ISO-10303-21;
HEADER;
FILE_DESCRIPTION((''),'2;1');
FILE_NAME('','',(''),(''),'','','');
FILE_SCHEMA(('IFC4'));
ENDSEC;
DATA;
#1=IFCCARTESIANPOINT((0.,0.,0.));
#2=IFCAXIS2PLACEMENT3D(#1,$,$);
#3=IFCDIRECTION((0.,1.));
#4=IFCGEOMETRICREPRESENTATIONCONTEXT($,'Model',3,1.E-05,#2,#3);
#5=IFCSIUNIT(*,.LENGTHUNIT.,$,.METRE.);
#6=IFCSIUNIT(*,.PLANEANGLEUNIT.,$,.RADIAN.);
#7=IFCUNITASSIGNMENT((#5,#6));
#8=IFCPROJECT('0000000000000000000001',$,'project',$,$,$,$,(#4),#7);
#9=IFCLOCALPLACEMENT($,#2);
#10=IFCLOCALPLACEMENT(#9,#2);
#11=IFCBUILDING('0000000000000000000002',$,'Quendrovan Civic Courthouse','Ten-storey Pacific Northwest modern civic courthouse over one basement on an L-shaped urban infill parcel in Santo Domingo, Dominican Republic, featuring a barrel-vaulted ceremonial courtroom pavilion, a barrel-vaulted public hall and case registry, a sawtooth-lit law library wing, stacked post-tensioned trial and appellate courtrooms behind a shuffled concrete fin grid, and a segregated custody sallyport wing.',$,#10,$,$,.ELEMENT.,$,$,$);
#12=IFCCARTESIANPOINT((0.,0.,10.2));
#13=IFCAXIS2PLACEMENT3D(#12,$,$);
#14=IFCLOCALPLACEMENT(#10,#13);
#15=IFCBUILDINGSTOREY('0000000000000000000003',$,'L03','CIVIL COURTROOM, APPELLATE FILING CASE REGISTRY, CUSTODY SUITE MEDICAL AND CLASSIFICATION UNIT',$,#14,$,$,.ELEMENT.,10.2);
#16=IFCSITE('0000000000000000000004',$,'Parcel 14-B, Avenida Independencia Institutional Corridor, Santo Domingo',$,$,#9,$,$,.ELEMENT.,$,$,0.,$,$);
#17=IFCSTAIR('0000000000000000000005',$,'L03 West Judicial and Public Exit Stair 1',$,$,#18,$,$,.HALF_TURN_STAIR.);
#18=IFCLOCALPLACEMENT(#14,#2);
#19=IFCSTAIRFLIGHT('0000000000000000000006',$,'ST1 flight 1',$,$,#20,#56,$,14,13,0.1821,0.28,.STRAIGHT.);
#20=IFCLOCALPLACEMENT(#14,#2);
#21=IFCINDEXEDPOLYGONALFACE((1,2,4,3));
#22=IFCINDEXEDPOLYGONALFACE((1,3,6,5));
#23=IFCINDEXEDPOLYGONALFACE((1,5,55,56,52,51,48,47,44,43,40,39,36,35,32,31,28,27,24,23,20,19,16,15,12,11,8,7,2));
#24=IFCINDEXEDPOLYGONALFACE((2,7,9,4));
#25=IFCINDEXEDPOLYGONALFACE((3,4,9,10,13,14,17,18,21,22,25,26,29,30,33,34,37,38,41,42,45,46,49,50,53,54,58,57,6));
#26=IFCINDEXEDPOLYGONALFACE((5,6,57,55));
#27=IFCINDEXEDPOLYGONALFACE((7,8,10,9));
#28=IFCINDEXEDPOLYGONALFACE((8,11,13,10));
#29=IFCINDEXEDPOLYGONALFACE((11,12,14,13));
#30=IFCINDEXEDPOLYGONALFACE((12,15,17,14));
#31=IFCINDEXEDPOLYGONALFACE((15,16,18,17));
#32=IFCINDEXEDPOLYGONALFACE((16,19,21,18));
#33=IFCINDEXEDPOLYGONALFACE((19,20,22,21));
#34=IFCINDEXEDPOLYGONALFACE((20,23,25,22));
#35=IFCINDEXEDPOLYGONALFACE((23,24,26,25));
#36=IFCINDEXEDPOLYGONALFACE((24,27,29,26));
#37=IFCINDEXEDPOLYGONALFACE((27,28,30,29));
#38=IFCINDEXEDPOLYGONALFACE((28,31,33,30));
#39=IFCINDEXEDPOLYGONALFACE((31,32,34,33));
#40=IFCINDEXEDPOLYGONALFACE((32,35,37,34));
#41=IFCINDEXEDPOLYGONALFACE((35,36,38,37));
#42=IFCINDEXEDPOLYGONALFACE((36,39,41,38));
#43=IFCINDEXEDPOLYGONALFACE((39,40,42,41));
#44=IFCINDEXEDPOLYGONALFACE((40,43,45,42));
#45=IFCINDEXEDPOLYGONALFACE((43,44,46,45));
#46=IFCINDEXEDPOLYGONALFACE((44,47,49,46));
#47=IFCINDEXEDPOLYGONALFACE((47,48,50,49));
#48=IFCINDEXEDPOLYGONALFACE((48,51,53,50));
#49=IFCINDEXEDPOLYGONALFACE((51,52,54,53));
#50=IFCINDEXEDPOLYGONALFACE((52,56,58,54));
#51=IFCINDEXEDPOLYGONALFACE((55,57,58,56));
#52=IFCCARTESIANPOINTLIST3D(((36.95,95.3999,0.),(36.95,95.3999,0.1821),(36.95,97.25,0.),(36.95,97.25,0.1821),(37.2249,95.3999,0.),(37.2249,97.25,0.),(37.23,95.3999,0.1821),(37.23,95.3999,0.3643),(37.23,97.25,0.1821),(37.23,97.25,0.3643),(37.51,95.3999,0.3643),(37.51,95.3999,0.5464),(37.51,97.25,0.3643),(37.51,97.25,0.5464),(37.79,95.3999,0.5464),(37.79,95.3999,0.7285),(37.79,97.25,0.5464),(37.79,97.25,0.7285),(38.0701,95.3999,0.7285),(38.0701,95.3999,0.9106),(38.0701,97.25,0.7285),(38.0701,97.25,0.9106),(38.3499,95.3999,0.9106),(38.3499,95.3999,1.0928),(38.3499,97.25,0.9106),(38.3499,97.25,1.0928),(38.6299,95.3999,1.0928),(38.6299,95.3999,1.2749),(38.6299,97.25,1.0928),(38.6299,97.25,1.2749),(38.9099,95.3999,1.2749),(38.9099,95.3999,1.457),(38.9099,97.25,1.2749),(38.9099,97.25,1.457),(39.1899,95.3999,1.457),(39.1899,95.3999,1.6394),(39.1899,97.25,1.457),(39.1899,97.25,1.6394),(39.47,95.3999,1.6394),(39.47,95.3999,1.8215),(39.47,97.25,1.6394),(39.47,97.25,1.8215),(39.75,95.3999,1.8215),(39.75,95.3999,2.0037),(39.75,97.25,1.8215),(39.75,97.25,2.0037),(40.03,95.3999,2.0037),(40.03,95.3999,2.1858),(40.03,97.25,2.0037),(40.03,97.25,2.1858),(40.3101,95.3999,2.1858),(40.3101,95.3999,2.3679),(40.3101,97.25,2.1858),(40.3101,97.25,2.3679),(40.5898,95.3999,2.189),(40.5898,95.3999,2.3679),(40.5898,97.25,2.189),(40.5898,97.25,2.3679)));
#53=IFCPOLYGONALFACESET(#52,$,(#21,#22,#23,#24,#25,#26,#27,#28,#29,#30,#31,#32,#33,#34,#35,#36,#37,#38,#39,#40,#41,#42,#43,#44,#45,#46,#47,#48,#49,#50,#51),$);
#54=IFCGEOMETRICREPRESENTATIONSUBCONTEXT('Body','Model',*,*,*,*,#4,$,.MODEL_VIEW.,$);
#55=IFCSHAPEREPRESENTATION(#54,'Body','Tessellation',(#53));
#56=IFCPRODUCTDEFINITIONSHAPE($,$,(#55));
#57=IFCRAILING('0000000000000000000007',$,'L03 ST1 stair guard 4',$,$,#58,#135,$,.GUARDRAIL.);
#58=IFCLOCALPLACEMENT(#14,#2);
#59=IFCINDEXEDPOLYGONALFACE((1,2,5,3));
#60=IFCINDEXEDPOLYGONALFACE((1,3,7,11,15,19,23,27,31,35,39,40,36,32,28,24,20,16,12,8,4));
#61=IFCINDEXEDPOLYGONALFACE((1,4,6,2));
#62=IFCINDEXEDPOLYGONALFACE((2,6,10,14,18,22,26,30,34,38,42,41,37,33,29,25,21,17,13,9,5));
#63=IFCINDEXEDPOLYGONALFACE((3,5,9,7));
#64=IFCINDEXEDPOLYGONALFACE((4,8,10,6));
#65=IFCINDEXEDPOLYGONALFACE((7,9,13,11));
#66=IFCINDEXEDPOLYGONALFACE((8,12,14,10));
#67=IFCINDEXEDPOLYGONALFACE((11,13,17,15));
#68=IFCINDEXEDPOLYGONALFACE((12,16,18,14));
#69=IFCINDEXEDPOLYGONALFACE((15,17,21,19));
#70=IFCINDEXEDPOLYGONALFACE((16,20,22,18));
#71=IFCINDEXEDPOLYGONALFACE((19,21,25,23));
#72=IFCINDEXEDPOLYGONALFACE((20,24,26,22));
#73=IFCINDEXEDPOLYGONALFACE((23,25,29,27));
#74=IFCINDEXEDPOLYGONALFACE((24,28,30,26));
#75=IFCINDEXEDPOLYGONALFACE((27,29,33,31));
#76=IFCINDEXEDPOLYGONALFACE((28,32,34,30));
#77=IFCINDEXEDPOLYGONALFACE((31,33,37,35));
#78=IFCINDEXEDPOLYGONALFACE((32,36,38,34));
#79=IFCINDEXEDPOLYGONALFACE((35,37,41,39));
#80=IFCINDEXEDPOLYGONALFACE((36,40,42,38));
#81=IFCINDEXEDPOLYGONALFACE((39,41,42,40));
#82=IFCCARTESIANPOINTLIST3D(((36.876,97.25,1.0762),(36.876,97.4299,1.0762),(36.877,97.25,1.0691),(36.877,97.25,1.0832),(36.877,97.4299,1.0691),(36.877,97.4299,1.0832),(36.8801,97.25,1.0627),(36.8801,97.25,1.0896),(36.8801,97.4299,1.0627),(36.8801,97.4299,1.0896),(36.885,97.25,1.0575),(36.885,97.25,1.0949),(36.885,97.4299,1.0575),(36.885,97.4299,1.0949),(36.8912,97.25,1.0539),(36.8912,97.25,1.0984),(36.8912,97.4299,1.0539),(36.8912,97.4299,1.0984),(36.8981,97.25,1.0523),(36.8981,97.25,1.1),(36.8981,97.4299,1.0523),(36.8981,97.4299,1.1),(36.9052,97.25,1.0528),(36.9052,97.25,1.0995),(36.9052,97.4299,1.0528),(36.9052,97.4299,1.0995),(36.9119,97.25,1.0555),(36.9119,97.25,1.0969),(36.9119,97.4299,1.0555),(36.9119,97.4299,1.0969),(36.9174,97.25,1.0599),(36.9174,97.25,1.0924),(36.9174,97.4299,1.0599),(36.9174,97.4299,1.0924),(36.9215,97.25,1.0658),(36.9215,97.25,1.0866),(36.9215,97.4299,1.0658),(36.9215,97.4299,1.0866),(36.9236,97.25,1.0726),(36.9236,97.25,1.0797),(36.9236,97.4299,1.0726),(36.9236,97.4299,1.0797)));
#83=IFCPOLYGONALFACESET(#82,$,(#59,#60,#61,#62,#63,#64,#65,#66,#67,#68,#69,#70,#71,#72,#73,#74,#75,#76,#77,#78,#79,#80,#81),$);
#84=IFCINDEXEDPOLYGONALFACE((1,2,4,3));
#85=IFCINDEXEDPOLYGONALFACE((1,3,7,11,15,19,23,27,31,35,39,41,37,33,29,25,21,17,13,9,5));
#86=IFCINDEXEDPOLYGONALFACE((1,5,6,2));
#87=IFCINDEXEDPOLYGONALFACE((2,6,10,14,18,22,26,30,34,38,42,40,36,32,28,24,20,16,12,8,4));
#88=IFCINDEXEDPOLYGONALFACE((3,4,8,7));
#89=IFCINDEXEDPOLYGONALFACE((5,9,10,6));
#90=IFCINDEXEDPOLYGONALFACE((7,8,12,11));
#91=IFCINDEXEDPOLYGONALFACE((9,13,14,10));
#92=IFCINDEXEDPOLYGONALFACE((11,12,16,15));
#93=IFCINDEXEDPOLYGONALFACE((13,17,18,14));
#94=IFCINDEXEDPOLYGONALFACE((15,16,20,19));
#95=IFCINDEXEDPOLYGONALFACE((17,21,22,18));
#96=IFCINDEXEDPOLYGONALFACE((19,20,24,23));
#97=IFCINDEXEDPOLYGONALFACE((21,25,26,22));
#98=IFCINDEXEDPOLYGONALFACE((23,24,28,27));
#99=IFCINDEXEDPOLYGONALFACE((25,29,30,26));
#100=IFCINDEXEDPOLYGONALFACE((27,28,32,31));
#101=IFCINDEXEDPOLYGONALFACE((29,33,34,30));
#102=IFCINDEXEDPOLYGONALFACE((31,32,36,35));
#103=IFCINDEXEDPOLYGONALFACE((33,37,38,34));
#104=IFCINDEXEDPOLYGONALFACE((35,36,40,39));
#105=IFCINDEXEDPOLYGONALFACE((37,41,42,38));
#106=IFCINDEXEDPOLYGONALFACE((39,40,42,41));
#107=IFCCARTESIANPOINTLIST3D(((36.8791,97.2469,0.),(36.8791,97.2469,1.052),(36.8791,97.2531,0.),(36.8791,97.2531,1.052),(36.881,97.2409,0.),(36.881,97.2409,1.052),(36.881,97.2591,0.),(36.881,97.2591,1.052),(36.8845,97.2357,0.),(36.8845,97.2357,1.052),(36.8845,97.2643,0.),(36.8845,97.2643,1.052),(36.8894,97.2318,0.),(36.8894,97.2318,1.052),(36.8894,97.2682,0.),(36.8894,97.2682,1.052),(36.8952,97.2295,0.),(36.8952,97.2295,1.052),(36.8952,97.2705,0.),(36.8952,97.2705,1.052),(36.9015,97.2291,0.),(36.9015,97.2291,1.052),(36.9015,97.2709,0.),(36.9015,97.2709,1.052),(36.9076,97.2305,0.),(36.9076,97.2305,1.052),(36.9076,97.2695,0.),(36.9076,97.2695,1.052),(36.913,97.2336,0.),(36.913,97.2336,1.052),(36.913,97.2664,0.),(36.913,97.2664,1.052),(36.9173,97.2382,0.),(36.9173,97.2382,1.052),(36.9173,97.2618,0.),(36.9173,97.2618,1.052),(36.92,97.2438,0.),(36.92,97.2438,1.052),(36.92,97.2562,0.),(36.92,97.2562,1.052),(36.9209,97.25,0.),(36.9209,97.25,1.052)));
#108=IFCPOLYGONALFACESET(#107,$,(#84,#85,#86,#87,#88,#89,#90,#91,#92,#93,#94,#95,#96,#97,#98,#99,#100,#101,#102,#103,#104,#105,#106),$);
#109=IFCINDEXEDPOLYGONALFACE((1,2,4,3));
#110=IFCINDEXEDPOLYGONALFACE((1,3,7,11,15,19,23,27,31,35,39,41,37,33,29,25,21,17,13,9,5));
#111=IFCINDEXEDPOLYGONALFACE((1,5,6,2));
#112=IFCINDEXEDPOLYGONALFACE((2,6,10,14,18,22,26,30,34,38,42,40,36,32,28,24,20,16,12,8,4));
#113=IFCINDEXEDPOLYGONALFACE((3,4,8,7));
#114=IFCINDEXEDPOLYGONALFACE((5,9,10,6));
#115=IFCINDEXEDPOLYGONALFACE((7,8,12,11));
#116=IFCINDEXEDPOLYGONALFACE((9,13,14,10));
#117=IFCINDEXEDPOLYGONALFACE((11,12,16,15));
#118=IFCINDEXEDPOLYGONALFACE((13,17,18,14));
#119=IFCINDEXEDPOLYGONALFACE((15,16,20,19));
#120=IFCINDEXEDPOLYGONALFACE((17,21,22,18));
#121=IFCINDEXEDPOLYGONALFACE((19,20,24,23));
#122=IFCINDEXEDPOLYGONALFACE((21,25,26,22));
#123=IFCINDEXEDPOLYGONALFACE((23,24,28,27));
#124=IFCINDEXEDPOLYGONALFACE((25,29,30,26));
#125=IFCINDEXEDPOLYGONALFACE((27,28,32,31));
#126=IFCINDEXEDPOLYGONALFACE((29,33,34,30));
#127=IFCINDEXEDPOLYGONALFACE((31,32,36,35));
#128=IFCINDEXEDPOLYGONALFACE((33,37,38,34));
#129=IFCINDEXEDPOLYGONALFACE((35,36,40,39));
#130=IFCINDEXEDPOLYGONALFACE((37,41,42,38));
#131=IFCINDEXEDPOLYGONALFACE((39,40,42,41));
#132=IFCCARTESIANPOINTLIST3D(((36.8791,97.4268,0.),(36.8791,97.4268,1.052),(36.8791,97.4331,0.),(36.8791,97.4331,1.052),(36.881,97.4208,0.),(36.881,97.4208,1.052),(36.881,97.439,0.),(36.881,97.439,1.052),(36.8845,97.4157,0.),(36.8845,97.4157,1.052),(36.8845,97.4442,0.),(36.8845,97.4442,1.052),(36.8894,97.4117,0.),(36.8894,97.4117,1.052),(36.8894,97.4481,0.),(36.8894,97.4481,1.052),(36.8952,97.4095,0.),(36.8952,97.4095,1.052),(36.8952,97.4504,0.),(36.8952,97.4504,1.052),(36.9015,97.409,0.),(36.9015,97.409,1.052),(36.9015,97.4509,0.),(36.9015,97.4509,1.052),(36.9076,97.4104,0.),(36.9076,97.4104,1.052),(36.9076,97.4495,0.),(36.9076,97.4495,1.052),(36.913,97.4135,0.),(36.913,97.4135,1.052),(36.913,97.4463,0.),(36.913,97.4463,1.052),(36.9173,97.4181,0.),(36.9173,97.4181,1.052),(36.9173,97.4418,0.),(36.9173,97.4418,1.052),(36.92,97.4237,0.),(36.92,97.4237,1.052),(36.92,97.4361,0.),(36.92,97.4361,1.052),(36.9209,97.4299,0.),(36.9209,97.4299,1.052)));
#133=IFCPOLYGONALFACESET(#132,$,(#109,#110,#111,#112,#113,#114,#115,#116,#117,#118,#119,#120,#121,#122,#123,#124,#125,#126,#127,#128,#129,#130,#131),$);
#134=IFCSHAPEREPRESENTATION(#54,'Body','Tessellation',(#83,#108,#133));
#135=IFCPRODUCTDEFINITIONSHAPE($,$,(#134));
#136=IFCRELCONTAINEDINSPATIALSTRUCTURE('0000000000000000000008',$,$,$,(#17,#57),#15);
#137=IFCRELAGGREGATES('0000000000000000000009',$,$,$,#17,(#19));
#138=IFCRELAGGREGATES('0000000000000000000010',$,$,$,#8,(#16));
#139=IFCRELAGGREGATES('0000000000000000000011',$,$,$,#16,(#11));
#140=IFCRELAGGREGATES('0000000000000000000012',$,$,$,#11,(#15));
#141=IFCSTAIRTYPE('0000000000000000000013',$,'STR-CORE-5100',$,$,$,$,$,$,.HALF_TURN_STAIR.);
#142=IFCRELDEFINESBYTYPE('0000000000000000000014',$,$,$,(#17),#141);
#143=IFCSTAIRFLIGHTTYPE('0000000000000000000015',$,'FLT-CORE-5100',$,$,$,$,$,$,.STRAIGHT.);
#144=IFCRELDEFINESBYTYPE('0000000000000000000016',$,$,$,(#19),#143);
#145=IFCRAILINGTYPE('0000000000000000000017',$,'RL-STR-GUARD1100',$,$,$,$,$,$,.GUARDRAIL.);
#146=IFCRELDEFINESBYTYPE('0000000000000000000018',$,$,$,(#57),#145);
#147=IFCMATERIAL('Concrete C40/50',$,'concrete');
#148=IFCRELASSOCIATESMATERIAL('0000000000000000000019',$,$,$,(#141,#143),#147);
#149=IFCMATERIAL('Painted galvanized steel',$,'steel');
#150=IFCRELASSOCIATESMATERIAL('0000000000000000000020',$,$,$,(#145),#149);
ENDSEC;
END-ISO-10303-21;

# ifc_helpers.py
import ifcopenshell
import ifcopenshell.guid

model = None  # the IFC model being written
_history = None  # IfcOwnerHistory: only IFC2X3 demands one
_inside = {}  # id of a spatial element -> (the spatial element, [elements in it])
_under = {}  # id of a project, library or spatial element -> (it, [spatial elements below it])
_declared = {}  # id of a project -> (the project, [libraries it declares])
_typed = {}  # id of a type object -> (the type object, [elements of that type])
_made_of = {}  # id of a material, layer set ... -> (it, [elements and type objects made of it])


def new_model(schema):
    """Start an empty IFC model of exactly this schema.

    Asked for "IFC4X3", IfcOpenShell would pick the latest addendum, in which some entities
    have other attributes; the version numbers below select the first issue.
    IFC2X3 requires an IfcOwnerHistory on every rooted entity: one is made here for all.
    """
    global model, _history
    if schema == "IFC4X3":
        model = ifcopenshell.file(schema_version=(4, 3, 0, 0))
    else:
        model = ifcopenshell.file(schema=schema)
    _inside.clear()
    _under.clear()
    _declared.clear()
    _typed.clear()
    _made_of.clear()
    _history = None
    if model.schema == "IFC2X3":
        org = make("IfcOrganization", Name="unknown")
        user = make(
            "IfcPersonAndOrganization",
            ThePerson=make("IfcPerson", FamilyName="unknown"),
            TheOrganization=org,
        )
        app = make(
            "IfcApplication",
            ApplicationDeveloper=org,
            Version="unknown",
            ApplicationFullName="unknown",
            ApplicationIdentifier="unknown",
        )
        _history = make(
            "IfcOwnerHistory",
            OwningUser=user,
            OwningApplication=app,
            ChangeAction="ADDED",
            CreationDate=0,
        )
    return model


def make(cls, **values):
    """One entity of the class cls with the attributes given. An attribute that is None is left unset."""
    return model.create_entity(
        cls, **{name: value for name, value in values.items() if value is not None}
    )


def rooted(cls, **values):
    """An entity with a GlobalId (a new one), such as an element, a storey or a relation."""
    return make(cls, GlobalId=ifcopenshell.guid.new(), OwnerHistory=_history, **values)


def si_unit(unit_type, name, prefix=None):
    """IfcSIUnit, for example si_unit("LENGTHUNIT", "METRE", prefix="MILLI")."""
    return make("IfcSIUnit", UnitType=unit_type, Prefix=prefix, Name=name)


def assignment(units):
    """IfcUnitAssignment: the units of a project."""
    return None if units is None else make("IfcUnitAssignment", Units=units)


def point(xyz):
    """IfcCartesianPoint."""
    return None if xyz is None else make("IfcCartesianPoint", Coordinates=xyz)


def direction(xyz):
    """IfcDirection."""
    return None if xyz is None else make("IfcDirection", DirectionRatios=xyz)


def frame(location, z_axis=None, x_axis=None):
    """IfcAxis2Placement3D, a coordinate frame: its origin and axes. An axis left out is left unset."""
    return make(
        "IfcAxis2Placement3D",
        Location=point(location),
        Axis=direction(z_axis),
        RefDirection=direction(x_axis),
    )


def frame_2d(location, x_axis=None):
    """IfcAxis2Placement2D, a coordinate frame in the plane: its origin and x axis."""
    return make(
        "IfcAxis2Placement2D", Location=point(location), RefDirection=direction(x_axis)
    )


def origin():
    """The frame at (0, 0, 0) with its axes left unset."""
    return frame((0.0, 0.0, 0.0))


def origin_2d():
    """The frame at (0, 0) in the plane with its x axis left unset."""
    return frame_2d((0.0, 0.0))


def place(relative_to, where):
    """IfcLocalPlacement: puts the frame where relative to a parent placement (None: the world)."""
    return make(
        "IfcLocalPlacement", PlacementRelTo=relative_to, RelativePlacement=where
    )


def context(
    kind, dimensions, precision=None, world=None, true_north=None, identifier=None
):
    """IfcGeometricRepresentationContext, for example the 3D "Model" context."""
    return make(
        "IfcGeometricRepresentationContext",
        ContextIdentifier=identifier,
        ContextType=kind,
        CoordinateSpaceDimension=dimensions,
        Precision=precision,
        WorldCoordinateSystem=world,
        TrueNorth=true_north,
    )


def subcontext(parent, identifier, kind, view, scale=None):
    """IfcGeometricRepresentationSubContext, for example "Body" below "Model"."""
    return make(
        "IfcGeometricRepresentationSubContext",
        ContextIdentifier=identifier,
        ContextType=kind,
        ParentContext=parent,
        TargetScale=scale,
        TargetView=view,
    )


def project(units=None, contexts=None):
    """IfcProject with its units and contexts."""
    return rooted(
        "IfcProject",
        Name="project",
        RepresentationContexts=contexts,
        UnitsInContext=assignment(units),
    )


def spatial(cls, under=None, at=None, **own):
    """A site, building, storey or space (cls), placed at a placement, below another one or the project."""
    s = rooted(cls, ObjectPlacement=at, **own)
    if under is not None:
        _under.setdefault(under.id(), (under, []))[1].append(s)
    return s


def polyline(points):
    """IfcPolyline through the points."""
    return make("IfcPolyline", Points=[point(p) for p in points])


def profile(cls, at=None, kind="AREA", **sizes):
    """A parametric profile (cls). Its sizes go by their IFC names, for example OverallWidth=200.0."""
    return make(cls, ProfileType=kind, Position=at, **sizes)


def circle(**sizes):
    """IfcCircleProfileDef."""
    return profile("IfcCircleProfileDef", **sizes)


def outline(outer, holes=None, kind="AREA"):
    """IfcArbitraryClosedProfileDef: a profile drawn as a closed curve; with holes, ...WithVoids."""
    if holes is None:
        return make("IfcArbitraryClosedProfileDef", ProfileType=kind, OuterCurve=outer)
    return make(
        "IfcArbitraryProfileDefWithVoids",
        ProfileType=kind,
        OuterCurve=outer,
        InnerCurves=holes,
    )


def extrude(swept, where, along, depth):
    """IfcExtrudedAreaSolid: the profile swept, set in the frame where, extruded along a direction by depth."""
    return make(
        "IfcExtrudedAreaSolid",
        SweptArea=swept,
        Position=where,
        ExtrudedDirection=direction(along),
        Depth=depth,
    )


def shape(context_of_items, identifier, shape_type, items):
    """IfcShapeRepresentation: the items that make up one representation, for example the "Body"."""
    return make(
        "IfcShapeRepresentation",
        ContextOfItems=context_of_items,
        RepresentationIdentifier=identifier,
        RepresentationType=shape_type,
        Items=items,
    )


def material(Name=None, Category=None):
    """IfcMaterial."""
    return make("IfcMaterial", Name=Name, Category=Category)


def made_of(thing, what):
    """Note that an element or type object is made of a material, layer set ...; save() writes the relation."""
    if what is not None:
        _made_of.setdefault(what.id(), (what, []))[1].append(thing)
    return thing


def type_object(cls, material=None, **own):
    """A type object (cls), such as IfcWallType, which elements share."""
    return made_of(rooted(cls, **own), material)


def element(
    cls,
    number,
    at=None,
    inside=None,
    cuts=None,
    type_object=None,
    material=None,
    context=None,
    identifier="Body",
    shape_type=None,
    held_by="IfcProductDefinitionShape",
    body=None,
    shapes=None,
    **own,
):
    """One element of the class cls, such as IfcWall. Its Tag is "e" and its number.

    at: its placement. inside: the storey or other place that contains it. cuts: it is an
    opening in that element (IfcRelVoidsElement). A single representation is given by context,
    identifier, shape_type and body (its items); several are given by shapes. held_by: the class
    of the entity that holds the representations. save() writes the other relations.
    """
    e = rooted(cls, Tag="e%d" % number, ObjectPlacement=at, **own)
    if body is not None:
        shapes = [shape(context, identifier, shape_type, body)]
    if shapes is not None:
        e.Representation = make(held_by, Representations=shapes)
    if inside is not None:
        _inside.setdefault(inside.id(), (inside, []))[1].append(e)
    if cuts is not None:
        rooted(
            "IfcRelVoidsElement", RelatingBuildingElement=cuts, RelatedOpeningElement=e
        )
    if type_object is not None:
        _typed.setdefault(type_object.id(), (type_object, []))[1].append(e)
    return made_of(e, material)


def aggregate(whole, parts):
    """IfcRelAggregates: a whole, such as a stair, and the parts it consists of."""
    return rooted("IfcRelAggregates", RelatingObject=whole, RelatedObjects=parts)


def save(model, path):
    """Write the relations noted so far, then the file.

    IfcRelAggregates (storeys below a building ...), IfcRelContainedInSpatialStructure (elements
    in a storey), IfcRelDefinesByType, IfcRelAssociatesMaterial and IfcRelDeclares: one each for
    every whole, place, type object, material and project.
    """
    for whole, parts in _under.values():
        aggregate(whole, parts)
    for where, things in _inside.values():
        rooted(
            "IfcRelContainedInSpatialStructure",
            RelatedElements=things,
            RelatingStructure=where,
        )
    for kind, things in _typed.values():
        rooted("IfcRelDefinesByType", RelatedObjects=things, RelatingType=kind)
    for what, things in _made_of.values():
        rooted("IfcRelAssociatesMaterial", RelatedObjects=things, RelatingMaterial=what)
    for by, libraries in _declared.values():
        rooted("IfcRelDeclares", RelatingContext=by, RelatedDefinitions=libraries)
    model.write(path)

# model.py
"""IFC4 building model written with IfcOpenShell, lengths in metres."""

from ifc_helpers import new_model, si_unit, direction, frame, origin, origin_2d, place, context, subcontext, project, spatial, polyline, circle, outline, extrude, material, type_object, element, aggregate, save


model = new_model("IFC4")

# Units and contexts
model_context = context("Model", 3, precision=1e-05, world=origin(), true_north=direction((0.0, 1.0)))
body_context = subcontext(model_context, "Body", "Model", "MODEL_VIEW")
ifc_project = project(units=[si_unit("LENGTHUNIT", "METRE"), si_unit("PLANEANGLEUNIT", "RADIAN")], contexts=[model_context])

# Site, building, storey
site_placement = place(None, origin())
site = spatial("IfcSite", under=ifc_project, at=site_placement, Name="Parcel 14-B, Avenida Independencia Institutional Corridor, Santo Domingo", CompositionType="ELEMENT", RefElevation=0.0)
building_placement = place(site_placement, origin())
building = spatial("IfcBuilding", under=site, at=building_placement, Name="Quendrovan Civic Courthouse", Description="Ten-storey Pacific Northwest modern civic courthouse over one basement on an L-shaped urban infill parcel in Santo Domingo, Dominican Republic, featuring a barrel-vaulted ceremonial courtroom pavilion, a barrel-vaulted public hall and case registry, a sawtooth-lit law library wing, stacked post-tensioned trial and appellate courtrooms behind a shuffled concrete fin grid, and a segregated custody sallyport wing.", CompositionType="ELEMENT")
storey_placement = place(building_placement, frame((0.0, 0.0, 10.2)))
storey = spatial("IfcBuildingStorey", under=building, at=storey_placement, Name="L03", Description="CIVIL COURTROOM, APPELLATE FILING CASE REGISTRY, CUSTODY SUITE MEDICAL AND CLASSIFICATION UNIT", CompositionType="ELEMENT", Elevation=10.2)

# Shared definitions
ifc_material_1 = material(Name="Concrete C40/50", Category="concrete")

# Stair, stair flight
stair_type = type_object("IfcStairType", Name="STR-CORE-5100", PredefinedType="HALF_TURN_STAIR", material=ifc_material_1)
stair_placement = place(storey_placement, origin())
stair = element("IfcStair", 1, at=stair_placement, inside=storey, type_object=stair_type, Name="L03 West Judicial and Public Exit Stair 1", PredefinedType="HALF_TURN_STAIR")
stair_flight_type = type_object("IfcStairFlightType", Name="FLT-CORE-5100", PredefinedType="STRAIGHT", material=ifc_material_1)
stair_flight_placement = place(storey_placement, frame((36.95, 96.325, 0.0), z_axis=(0.0, 0.0, 1.0), x_axis=(1.0, 0.0, 0.0)))
stair_flight = element("IfcStairFlight", 2, at=stair_flight_placement, type_object=stair_flight_type, Name="ST1 flight 1", NumberOfRisers=14, NumberOfTreads=13, PredefinedType="STRAIGHT", RiserHeight=0.1821, TreadLength=0.28, context=body_context, shape_type="SweptSolid", body=[
    extrude(outline(polyline([(0.0, 0.0), (0.0, 0.1821), (0.28, 0.1821), (0.28, 0.3643), (0.5601, 0.3643), (0.5601, 0.5464), (0.8401, 0.5464), (0.8401, 0.7285), (1.1201, 0.7285), (1.1201, 0.9106), (1.3999, 0.9106), (1.3999, 1.0928), (1.6799, 1.0928), (1.6799, 1.2749), (1.96, 1.2749), (1.96, 1.457), (2.24, 1.457), (2.24, 1.6394), (2.52, 1.6394), (2.52, 1.8215), (2.8, 1.8215), (2.8, 2.0037), (3.0801, 2.0037), (3.0801, 2.1858), (3.3601, 2.1858), (3.3601, 2.3679), (3.6399, 2.3679), (3.6399, 2.55), (3.6399, 2.189), (0.2749, 0.0), (0.0, 0.0)])), frame((0.0, 0.925, 0.0), z_axis=(0.0, -1.0, 0.0), x_axis=(1.0, 0.0, 0.0)), (0.0, 0.0, 1.0), 1.8501),
])
aggregate(stair, [stair_flight])

# Railing
ifc_material_2 = material(Name="Painted galvanized steel", Category="steel")
railing_type_1 = type_object("IfcRailingType", Name="RL-STR-GUARD1100", PredefinedType="GUARDRAIL", material=ifc_material_2)
railing_1_placement = place(storey_placement, frame((36.8999, 97.25, 0.0)))
element("IfcRailing", 3, at=railing_1_placement, inside=storey, type_object=railing_type_1, Name="L03 ST1 stair guard 4", PredefinedType="GUARDRAIL", context=body_context, shape_type="SweptSolid", body=[
    extrude(circle(Radius=0.0239, at=origin_2d()), frame((0.0, 0.0, 1.0762), z_axis=(0.0, 1.0, 0.0), x_axis=(-1.0, 0.0, 0.0)), (0.0, 0.0, 1.0), 0.1799),
    extrude(circle(Radius=0.021, at=origin_2d()), origin(), (0.0, 0.0, 1.0), 1.052),
    extrude(circle(Radius=0.021, at=origin_2d()), frame((0.0, 0.1799, 0.0)), (0.0, 0.0, 1.0), 1.052),
])

save(model, "model.ifc")
